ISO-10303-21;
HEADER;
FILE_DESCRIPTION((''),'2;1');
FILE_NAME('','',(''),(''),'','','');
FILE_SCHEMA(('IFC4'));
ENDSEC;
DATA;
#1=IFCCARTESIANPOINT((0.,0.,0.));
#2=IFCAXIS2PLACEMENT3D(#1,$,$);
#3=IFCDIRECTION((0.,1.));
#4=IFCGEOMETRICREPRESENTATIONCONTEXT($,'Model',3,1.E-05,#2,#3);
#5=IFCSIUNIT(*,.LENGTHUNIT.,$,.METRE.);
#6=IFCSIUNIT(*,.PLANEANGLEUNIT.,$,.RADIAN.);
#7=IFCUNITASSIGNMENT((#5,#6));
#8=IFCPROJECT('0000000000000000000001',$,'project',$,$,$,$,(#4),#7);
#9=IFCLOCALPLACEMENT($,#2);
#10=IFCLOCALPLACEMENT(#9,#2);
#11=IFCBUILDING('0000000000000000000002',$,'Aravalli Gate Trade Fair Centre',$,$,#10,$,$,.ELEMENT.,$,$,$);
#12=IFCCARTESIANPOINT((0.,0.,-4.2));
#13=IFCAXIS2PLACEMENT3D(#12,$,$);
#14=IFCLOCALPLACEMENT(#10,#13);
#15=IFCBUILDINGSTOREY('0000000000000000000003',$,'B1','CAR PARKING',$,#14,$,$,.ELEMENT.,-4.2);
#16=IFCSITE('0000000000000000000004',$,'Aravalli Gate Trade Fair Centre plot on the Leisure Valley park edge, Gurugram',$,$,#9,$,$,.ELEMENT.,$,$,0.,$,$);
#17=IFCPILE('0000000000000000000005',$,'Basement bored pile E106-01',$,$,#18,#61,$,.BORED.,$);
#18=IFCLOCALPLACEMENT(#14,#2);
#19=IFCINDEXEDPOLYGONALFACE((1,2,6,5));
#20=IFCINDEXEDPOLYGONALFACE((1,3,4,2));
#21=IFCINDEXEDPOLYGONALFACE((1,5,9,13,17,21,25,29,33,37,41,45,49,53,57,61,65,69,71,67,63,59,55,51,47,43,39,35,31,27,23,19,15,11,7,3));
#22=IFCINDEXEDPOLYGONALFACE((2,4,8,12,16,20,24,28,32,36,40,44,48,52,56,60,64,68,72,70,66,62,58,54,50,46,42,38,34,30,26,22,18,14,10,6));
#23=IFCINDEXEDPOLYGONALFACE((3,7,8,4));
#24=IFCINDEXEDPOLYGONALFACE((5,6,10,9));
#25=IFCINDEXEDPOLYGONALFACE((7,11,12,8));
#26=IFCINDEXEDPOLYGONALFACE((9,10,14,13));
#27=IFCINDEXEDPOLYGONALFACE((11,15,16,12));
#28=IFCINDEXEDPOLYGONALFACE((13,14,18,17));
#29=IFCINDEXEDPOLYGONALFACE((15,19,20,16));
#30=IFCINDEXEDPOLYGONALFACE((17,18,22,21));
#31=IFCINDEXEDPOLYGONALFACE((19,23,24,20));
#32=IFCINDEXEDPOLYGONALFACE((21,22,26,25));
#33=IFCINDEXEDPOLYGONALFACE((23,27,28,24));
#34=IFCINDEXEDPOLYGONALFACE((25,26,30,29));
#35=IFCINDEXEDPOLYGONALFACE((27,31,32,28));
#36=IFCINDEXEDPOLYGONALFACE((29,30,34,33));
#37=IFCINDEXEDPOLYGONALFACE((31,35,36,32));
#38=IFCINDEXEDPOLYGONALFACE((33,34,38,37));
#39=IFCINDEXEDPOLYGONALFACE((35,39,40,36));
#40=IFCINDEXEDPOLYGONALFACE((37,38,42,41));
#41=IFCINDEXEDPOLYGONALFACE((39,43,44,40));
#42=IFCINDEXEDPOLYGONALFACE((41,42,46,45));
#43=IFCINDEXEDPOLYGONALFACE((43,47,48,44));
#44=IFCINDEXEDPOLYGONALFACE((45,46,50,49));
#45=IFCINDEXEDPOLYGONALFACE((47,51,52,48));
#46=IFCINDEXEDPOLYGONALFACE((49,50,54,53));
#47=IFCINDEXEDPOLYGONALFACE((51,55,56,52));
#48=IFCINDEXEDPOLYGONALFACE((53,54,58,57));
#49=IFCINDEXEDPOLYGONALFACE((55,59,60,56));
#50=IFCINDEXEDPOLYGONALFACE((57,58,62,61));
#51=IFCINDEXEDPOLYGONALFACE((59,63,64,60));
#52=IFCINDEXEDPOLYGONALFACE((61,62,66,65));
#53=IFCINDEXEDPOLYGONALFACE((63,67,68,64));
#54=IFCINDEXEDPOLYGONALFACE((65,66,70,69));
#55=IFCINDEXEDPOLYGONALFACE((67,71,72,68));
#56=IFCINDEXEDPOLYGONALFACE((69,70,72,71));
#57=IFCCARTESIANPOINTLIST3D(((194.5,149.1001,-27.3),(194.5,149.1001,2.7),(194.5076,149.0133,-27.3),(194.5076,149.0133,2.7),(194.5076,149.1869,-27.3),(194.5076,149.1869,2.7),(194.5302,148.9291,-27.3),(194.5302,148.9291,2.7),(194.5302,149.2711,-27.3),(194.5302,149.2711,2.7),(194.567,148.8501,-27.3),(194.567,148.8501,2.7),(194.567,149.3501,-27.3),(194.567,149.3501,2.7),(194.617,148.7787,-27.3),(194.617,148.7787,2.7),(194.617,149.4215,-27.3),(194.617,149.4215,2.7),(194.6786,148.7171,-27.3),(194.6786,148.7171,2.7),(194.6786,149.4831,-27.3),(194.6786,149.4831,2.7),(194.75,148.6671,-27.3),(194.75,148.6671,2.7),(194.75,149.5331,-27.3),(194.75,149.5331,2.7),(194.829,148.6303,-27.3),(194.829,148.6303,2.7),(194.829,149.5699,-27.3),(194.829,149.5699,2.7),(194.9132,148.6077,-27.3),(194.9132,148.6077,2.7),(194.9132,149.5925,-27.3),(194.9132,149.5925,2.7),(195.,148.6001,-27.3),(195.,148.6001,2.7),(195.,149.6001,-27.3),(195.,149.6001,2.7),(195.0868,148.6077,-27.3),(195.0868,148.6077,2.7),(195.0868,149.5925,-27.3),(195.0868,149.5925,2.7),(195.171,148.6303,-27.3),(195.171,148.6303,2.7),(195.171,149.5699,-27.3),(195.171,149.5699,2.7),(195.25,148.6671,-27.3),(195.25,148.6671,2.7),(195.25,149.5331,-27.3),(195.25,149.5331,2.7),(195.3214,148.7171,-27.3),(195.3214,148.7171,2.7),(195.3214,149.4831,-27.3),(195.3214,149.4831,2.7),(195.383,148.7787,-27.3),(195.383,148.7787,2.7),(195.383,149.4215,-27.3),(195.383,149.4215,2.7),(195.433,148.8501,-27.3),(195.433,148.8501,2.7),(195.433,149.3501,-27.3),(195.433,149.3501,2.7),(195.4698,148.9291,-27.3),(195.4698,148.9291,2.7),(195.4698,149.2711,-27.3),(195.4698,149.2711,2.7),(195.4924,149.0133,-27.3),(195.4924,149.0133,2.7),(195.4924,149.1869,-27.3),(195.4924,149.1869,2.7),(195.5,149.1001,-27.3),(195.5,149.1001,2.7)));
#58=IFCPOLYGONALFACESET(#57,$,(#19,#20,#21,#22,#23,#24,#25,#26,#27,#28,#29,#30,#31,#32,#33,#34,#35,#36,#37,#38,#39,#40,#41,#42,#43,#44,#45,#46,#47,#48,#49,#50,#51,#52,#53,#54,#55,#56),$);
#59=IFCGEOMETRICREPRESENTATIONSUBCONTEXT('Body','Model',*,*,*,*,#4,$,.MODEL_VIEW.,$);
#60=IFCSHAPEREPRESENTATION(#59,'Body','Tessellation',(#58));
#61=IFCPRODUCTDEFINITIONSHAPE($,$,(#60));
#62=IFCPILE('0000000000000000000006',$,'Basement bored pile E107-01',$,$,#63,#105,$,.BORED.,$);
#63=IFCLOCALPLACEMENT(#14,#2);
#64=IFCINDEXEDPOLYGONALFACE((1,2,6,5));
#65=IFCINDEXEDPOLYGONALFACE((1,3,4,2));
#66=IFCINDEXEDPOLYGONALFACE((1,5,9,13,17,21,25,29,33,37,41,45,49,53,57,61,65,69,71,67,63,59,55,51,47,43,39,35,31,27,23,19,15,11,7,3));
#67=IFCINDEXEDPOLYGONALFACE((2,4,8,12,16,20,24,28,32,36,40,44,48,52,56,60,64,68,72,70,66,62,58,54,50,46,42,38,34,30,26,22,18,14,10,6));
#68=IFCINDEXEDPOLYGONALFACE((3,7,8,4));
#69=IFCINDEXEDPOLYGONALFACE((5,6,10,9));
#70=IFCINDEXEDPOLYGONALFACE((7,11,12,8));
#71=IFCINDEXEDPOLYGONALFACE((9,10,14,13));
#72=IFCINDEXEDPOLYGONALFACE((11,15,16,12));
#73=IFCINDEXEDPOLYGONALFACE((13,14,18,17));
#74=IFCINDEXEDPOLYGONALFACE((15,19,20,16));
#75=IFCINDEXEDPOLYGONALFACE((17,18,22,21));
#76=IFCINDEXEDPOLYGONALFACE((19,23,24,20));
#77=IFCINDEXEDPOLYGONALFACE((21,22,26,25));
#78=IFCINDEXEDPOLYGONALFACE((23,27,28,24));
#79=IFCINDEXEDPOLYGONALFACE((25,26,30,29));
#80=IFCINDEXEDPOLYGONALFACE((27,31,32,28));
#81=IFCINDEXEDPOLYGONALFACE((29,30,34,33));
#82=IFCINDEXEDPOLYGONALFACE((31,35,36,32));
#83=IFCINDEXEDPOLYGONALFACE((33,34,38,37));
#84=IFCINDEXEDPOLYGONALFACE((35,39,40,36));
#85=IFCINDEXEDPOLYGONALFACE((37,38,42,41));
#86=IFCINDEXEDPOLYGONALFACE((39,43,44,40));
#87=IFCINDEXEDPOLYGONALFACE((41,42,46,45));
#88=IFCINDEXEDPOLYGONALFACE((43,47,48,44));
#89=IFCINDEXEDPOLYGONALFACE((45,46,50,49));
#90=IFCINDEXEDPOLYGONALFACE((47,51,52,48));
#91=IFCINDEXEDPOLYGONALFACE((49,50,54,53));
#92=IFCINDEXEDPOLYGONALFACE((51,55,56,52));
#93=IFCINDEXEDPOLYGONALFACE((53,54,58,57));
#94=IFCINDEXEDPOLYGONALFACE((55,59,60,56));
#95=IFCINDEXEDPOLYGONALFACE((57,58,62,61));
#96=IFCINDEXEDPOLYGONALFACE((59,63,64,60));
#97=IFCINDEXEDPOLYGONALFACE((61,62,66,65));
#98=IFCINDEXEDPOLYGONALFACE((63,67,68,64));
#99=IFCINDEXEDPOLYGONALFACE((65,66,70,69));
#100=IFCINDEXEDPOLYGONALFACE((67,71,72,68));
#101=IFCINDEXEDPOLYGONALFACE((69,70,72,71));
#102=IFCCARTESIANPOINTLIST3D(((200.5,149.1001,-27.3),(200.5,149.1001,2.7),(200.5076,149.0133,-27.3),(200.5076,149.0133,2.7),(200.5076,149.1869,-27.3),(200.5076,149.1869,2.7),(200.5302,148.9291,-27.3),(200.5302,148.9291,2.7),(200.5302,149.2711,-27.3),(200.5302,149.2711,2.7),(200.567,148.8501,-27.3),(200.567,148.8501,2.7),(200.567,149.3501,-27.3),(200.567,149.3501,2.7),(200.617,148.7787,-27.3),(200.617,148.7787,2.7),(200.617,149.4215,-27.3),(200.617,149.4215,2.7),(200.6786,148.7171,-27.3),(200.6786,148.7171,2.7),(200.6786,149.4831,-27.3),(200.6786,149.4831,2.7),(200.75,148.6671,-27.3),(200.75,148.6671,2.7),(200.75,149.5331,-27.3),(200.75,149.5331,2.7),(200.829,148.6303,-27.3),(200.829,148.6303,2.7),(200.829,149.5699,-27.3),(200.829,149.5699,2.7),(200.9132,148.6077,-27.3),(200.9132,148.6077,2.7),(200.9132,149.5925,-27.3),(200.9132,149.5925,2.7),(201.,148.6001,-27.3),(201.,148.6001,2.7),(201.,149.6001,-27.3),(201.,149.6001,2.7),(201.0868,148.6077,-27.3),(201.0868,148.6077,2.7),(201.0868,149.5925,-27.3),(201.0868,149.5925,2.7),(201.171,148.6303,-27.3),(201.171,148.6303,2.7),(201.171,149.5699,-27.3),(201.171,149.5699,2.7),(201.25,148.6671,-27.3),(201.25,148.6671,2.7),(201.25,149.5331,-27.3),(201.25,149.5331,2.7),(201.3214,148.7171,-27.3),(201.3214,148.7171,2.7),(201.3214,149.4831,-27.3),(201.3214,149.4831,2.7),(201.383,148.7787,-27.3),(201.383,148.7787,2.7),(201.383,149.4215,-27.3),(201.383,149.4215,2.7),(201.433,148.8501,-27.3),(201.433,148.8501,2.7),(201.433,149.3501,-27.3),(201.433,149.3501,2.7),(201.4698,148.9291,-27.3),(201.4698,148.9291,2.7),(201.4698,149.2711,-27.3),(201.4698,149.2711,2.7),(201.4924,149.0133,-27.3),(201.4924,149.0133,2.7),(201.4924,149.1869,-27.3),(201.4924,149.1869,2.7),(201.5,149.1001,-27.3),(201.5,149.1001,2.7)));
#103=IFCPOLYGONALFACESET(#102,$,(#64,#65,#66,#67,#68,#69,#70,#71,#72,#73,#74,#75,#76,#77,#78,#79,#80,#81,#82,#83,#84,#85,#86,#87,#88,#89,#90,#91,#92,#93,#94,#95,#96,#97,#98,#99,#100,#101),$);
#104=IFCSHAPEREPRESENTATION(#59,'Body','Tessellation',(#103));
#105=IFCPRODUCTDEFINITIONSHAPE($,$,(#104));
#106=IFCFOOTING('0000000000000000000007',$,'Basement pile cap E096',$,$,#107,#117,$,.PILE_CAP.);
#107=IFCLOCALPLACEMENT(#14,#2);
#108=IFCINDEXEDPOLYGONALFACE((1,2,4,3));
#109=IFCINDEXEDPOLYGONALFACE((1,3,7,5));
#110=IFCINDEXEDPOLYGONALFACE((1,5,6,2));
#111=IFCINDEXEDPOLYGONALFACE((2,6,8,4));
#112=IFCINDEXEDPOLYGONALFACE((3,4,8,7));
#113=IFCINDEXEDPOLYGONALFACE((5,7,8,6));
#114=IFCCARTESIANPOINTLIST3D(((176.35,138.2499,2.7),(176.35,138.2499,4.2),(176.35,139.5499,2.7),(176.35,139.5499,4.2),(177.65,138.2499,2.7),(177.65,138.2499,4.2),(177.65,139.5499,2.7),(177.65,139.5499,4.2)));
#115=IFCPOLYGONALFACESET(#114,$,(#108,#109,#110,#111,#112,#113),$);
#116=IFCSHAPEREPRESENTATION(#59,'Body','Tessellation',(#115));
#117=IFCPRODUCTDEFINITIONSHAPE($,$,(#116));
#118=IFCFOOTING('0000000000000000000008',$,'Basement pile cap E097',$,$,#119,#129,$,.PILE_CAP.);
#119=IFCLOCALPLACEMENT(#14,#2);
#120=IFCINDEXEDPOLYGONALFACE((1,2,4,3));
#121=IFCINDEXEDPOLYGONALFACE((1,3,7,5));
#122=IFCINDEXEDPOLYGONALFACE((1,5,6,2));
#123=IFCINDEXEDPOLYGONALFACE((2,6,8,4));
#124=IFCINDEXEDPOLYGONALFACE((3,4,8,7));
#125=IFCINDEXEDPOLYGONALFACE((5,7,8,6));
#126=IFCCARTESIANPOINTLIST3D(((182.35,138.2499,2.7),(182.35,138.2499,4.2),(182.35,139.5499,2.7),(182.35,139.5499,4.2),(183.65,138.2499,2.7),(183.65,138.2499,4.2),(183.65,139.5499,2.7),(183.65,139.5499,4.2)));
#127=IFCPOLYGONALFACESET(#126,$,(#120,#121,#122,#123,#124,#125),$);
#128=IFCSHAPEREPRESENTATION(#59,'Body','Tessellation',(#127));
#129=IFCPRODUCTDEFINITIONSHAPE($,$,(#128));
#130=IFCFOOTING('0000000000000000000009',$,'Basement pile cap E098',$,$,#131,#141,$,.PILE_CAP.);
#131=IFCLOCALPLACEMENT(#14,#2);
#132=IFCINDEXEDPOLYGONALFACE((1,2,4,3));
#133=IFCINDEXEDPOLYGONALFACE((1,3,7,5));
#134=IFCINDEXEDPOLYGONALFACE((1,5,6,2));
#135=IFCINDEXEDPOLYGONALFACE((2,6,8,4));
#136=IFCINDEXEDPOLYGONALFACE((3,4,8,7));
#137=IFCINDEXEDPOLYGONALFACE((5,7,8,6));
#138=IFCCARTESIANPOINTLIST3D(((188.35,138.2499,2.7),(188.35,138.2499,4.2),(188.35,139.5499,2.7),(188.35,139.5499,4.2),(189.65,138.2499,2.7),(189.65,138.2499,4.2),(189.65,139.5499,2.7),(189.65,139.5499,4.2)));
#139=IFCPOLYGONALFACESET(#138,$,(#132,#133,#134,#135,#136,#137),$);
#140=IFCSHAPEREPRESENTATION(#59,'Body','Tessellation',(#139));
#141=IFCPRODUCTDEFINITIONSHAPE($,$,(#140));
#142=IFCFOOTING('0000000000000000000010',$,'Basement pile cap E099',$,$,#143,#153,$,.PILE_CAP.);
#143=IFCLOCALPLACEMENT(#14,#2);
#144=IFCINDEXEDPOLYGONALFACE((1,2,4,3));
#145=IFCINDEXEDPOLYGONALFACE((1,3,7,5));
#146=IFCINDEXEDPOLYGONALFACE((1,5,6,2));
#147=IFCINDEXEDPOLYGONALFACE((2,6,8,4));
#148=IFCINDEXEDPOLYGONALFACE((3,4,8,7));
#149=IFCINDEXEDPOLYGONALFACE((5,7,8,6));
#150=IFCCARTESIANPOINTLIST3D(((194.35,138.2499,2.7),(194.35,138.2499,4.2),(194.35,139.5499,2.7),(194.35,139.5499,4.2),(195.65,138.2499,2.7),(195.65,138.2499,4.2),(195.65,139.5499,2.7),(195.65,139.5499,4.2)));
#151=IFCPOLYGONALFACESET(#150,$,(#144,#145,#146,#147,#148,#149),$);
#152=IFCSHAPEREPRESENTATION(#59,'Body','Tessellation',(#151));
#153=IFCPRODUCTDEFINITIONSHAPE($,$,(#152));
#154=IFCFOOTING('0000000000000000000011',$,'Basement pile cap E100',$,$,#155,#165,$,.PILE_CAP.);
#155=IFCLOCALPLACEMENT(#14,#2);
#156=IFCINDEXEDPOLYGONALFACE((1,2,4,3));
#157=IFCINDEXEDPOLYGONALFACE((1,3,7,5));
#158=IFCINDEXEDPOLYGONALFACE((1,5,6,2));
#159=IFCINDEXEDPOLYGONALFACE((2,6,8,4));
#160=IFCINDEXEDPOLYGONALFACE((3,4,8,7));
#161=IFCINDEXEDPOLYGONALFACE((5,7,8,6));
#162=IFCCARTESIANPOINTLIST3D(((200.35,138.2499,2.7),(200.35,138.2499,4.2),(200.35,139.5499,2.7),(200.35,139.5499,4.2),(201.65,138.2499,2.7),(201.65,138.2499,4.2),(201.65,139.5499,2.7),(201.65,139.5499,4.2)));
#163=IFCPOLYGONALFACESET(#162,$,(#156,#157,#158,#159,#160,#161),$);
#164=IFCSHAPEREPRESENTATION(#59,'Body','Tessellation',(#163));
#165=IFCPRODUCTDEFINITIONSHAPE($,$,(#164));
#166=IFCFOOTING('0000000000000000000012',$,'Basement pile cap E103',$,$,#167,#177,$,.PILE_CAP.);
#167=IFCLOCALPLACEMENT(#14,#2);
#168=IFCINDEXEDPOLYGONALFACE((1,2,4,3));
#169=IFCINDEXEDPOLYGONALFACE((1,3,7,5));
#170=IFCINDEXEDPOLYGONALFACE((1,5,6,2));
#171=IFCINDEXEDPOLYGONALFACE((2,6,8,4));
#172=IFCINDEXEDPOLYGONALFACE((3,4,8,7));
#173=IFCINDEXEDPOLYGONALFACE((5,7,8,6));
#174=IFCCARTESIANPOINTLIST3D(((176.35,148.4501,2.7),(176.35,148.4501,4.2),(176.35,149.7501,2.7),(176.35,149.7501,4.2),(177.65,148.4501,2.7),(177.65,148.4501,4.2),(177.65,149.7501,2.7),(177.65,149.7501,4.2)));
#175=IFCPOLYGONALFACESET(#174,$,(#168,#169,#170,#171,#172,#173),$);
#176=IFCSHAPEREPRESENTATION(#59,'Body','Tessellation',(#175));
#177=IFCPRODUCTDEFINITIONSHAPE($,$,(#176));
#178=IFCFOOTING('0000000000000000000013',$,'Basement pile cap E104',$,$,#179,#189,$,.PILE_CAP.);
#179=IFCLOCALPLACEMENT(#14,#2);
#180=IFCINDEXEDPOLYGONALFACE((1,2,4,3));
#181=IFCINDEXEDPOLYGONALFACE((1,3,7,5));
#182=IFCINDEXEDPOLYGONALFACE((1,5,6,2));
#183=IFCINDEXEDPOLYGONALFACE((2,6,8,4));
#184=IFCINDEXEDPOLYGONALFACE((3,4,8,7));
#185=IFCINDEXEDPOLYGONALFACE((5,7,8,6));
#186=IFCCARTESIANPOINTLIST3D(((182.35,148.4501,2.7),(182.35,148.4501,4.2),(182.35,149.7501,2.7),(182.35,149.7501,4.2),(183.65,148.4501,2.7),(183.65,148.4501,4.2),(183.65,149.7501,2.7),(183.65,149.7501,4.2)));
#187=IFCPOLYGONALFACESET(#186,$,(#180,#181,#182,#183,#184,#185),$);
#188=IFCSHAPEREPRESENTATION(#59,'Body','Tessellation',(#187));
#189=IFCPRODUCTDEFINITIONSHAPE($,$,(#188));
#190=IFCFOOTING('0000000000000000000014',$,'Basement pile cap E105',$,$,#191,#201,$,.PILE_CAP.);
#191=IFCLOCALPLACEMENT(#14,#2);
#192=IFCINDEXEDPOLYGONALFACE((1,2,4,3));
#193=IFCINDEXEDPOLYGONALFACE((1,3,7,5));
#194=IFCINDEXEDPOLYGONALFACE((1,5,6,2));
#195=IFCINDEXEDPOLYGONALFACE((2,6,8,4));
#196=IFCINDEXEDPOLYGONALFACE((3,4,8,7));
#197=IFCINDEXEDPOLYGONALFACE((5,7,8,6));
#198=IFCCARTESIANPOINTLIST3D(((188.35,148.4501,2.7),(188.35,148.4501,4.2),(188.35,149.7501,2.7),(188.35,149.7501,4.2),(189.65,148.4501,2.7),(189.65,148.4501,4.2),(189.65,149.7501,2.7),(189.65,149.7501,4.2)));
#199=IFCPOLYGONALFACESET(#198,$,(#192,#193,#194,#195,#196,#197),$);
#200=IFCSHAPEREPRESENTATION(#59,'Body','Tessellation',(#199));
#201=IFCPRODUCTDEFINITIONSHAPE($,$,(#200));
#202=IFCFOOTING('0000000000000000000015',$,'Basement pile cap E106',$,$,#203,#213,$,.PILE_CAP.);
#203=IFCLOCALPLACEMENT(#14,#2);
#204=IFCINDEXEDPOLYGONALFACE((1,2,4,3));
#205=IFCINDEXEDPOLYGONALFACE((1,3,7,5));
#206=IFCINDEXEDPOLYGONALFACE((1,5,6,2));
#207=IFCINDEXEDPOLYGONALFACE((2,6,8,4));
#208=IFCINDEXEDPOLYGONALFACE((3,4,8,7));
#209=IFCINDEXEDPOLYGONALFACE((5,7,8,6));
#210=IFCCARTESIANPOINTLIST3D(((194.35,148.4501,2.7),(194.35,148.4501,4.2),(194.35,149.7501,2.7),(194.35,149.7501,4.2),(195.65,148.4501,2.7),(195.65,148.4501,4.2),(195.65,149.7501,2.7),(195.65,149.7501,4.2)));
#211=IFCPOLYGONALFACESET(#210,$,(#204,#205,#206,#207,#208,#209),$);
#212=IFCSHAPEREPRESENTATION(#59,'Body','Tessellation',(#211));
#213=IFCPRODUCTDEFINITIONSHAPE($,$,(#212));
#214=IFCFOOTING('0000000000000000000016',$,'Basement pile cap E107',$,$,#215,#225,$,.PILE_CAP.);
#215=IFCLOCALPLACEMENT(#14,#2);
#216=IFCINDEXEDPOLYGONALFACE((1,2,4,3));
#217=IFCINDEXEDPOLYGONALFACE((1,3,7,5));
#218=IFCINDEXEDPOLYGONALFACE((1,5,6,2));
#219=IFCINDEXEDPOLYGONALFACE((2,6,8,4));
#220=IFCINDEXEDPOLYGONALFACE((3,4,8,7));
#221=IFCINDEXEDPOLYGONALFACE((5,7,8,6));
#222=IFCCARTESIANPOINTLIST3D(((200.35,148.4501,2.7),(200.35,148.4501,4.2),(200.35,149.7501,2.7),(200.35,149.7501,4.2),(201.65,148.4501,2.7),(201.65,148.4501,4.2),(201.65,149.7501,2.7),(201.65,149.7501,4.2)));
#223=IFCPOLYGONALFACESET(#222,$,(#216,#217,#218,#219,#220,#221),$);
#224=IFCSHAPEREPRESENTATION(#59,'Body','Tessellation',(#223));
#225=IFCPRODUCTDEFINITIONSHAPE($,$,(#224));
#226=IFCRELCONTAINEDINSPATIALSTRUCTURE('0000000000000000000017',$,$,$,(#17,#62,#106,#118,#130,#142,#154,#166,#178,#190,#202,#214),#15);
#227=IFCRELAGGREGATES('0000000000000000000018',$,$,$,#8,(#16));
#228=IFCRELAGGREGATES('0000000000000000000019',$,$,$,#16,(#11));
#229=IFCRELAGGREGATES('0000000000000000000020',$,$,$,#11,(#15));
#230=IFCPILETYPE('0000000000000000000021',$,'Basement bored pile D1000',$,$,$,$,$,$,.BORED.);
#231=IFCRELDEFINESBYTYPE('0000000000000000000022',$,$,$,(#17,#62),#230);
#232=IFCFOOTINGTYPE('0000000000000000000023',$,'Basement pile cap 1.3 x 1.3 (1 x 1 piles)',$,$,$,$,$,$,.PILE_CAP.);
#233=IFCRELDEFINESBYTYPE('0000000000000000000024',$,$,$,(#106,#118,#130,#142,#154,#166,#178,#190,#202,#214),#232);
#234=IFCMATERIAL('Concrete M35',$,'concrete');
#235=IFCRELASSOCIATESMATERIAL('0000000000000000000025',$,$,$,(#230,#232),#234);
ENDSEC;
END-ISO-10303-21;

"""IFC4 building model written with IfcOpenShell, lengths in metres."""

from ifc_helpers import new_model, si_unit, direction, frame, origin, origin_2d, place, context, subcontext, project, spatial, rectangle, circle, extrude, material, material_profile, profile_set, type_object, element, save


model = new_model("IFC4")

# Units and contexts
model_context = context("Model", 3, precision=1e-05, world=origin(), true_north=direction((0.0, 1.0)))
body_context = subcontext(model_context, "Body", "Model", "MODEL_VIEW")
ifc_project = project(units=[si_unit("LENGTHUNIT", "METRE"), si_unit("PLANEANGLEUNIT", "RADIAN")], contexts=[model_context])

# Site, building, storey
site_placement = place(None, origin())
site = spatial("IfcSite", under=ifc_project, at=site_placement, Name="Aravalli Gate Trade Fair Centre plot on the Leisure Valley park edge, Gurugram", CompositionType="ELEMENT", RefElevation=0.0)
building_placement = place(site_placement, origin())
building = spatial("IfcBuilding", under=site, at=building_placement, Name="Aravalli Gate Trade Fair Centre", CompositionType="ELEMENT")
storey_placement = place(building_placement, frame((0.0, 0.0, -4.2)))
storey = spatial("IfcBuildingStorey", under=building, at=storey_placement, Name="B1", Description="CAR PARKING", CompositionType="ELEMENT", Elevation=-4.2)

# Piles
ifc_material_1 = material(Name="Concrete M35", Category="concrete")
ifc_material_profile_1 = material_profile(ifc_material_1, circle(Radius=0.5, at=origin_2d()), Name="D1000")
ifc_profile_set_1 = profile_set([ifc_material_profile_1], Name="Concrete M35")
pile_type = type_object("IfcPileType", Name="Basement bored pile D1000", PredefinedType="BORED", material=ifc_profile_set_1)
for number, where, z_axis, x_axis, name in (
    (1, (195.0, 149.1001, 2.7), (0.0, 0.0, -1.0), (1.0, 0.0, 0.0), "Basement bored pile E106-01"),
    (2, (201.0, 149.1001, 2.7), (0.0, 0.0, -1.0), (1.0, 0.0, 0.0), "Basement bored pile E107-01"),
):
    element("IfcPile", number, at=place(storey_placement, frame(where, z_axis=z_axis, x_axis=x_axis)), inside=storey, type_object=pile_type, Name=name, PredefinedType="BORED", context=body_context, shape_type="SweptSolid", body=[
        extrude(circle(Radius=0.5, at=origin_2d()), origin(), (0.0, 0.0, 1.0), 30.0),
    ])

# Footings
footing_type = type_object("IfcFootingType", Name="Basement pile cap 1.3 x 1.3 (1 x 1 piles)", PredefinedType="PILE_CAP", material=ifc_material_1)
for number, where, z_axis, x_axis, name in (
    (3, (177.0, 138.8999, 2.7), (0.0, 0.0, 1.0), (1.0, 0.0, 0.0), "Basement pile cap E096"),
    (4, (183.0, 138.8999, 2.7), (0.0, 0.0, 1.0), (1.0, 0.0, 0.0), "Basement pile cap E097"),
    (5, (189.0, 138.8999, 2.7), (0.0, 0.0, 1.0), (1.0, 0.0, 0.0), "Basement pile cap E098"),
    (6, (195.0, 138.8999, 2.7), (0.0, 0.0, 1.0), (1.0, 0.0, 0.0), "Basement pile cap E099"),
    (7, (201.0, 138.8999, 2.7), (0.0, 0.0, 1.0), (1.0, 0.0, 0.0), "Basement pile cap E100"),
    (8, (177.0, 149.1001, 2.7), (0.0, 0.0, 1.0), (1.0, 0.0, 0.0), "Basement pile cap E103"),
    (9, (183.0, 149.1001, 2.7), (0.0, 0.0, 1.0), (1.0, 0.0, 0.0), "Basement pile cap E104"),
    (10, (189.0, 149.1001, 2.7), (0.0, 0.0, 1.0), (1.0, 0.0, 0.0), "Basement pile cap E105"),
    (11, (195.0, 149.1001, 2.7), (0.0, 0.0, 1.0), (1.0, 0.0, 0.0), "Basement pile cap E106"),
    (12, (201.0, 149.1001, 2.7), (0.0, 0.0, 1.0), (1.0, 0.0, 0.0), "Basement pile cap E107"),
):
    element("IfcFooting", number, at=place(storey_placement, frame(where, z_axis=z_axis, x_axis=x_axis)), inside=storey, type_object=footing_type, Name=name, PredefinedType="PILE_CAP", context=body_context, shape_type="SweptSolid", body=[
        extrude(rectangle(XDim=1.3, YDim=1.3, at=origin_2d()), origin(), (0.0, 0.0, 1.0), 1.5),
    ])

save(model, "model.ifc")
